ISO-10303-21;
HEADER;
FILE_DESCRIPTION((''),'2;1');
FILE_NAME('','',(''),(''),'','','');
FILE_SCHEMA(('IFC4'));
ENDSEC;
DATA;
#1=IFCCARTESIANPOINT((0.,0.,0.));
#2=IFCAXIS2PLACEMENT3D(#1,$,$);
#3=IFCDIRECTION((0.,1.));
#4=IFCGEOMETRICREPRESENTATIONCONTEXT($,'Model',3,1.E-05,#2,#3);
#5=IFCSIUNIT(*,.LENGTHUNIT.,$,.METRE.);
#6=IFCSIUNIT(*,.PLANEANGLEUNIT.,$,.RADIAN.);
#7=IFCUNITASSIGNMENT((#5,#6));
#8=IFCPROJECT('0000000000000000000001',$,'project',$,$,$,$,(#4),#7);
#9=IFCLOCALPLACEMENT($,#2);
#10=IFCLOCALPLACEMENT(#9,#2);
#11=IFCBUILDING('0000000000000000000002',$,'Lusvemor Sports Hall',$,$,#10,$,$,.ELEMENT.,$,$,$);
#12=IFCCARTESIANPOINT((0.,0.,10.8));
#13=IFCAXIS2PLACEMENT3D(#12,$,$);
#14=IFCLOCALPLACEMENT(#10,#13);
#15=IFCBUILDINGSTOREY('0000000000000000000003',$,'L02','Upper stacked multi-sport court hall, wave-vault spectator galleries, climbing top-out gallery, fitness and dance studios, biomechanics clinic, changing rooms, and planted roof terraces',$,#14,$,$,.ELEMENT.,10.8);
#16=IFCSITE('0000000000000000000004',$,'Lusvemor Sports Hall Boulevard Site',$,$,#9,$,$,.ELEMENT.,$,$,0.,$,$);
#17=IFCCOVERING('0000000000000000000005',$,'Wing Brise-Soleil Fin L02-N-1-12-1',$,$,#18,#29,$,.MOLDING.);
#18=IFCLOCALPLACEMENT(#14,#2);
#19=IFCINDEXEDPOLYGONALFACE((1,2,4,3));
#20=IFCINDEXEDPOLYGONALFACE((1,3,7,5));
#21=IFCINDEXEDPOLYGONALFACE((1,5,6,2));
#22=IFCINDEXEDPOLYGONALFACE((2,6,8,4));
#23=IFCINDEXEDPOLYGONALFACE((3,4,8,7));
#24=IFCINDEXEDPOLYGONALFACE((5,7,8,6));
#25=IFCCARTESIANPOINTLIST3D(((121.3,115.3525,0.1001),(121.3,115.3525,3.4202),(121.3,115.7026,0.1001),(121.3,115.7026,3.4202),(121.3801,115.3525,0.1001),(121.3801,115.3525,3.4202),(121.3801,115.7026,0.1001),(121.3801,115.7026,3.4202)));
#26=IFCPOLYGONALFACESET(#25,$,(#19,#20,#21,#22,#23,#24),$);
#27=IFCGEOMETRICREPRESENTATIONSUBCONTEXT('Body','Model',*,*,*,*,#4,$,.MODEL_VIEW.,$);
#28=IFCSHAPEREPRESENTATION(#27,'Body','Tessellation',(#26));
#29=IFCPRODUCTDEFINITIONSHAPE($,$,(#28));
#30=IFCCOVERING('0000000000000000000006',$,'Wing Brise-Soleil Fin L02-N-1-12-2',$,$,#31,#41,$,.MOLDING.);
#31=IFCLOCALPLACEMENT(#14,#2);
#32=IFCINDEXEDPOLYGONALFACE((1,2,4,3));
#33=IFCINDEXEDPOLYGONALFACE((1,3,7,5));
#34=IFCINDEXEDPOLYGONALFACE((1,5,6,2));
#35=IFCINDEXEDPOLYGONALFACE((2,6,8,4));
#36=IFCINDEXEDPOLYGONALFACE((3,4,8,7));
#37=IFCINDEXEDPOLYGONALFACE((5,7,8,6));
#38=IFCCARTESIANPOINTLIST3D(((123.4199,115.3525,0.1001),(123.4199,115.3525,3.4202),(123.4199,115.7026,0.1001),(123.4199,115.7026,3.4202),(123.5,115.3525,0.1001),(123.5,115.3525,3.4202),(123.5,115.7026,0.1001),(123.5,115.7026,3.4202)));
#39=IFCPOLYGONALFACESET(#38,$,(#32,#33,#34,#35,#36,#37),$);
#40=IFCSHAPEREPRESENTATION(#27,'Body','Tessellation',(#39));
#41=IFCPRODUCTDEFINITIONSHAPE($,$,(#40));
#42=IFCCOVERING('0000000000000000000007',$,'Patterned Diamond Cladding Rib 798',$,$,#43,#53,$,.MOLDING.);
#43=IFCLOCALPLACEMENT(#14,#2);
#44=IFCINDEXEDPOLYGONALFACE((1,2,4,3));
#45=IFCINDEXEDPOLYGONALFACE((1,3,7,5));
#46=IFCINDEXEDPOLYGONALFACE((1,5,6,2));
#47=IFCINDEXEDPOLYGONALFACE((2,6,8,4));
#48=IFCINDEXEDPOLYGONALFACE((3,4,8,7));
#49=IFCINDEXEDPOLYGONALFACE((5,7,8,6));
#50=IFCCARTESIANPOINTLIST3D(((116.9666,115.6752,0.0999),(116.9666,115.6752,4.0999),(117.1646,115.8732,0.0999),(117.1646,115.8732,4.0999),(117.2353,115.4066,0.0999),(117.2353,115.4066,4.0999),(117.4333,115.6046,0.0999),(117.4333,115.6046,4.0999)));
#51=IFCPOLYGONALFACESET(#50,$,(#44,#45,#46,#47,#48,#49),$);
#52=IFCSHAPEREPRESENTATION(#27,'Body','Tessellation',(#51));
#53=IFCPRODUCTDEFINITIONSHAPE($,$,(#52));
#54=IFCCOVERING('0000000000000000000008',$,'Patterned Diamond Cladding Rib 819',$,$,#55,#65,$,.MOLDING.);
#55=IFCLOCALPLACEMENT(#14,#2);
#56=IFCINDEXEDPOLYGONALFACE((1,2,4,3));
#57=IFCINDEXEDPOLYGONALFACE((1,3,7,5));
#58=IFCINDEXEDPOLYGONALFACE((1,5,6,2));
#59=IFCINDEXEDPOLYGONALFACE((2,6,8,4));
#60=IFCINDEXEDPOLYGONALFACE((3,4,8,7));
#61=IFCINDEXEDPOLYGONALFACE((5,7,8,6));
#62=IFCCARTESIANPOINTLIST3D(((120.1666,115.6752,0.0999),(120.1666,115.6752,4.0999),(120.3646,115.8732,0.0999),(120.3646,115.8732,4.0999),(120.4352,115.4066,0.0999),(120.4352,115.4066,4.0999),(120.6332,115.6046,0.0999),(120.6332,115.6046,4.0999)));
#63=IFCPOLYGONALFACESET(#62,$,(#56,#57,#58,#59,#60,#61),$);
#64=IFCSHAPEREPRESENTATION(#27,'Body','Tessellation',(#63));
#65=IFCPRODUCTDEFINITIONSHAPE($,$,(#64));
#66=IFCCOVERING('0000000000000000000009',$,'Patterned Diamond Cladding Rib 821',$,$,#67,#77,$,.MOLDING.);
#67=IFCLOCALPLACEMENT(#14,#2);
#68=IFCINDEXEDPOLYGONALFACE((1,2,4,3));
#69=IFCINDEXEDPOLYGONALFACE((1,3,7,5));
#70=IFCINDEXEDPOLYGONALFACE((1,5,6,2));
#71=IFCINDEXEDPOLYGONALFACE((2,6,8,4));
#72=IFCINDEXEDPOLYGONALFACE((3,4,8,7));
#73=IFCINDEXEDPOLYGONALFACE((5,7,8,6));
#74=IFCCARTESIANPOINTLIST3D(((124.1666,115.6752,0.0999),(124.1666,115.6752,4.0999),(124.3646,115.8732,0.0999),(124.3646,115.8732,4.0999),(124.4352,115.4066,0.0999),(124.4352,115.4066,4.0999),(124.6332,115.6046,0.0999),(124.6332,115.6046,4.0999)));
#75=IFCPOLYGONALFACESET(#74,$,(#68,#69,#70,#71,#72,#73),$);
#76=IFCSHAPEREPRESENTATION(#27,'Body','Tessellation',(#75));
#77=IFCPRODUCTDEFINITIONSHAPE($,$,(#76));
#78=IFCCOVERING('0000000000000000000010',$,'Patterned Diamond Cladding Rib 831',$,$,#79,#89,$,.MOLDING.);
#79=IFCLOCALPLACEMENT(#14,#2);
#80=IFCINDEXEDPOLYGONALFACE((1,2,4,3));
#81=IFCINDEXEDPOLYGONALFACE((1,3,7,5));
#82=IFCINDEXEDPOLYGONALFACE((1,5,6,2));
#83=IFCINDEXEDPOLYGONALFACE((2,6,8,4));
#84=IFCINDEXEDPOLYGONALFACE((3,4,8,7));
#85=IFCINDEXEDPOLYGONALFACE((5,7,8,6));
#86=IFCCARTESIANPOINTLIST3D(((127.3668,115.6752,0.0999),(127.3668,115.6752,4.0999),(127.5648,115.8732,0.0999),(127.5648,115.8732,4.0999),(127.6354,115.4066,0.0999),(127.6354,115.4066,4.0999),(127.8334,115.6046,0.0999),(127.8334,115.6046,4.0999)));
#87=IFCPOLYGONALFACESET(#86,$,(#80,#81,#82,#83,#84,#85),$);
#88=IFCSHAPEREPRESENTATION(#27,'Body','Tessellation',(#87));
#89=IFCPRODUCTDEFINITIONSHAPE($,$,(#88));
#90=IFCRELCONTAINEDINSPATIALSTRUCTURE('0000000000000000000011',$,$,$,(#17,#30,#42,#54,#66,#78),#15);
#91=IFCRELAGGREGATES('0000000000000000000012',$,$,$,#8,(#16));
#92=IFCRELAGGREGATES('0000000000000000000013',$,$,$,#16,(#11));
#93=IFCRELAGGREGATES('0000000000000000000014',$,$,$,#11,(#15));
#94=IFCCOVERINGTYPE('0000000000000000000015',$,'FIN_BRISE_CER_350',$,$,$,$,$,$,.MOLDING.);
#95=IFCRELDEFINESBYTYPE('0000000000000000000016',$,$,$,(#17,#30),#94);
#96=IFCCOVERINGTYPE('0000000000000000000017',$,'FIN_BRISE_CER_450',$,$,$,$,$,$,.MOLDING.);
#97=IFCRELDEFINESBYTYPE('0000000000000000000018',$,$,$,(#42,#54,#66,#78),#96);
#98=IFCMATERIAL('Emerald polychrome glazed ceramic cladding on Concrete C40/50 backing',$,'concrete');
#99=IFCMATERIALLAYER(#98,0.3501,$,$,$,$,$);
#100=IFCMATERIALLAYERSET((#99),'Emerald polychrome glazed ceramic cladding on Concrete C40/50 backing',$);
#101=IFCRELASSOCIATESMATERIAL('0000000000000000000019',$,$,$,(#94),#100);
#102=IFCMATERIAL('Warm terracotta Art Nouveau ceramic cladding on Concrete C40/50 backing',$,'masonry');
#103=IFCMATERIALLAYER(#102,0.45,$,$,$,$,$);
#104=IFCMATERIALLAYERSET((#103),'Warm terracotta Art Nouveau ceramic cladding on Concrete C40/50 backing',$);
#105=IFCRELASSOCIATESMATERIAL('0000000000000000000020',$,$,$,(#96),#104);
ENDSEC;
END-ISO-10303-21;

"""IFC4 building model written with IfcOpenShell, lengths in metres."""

from ifc_helpers import new_model, si_unit, direction, frame, origin, origin_2d, place, context, subcontext, project, spatial, rectangle, extrude, material, layer, layer_set, type_object, element, save


model = new_model("IFC4")

# Units and contexts
model_context = context("Model", 3, precision=1e-05, world=origin(), true_north=direction((0.0, 1.0)))
body_context = subcontext(model_context, "Body", "Model", "MODEL_VIEW")
ifc_project = project(units=[si_unit("LENGTHUNIT", "METRE"), si_unit("PLANEANGLEUNIT", "RADIAN")], contexts=[model_context])

# Site, building, storey
site_placement = place(None, origin())
site = spatial("IfcSite", under=ifc_project, at=site_placement, Name="Lusvemor Sports Hall Boulevard Site", CompositionType="ELEMENT", RefElevation=0.0)
building_placement = place(site_placement, origin())
building = spatial("IfcBuilding", under=site, at=building_placement, Name="Lusvemor Sports Hall", CompositionType="ELEMENT")
storey_placement = place(building_placement, frame((0.0, 0.0, 10.8)))
storey = spatial("IfcBuildingStorey", under=building, at=storey_placement, Name="L02", Description="Upper stacked multi-sport court hall, wave-vault spectator galleries, climbing top-out gallery, fitness and dance studios, biomechanics clinic, changing rooms, and planted roof terraces", CompositionType="ELEMENT", Elevation=10.8)

# Coverings
ifc_material_1 = material(Name="Emerald polychrome glazed ceramic cladding on Concrete C40/50 backing", Category="concrete")
ifc_layer_1 = layer(ifc_material_1, 0.3501)
ifc_layer_set_1 = layer_set([ifc_layer_1], Name="Emerald polychrome glazed ceramic cladding on Concrete C40/50 backing")
covering_type_1 = type_object("IfcCoveringType", Name="FIN_BRISE_CER_350", PredefinedType="MOLDING", material=ifc_layer_set_1)
for number, where, z_axis, x_axis, name in (
    (1, (121.3401, 115.5276, 0.1001), (0.0, 0.0, 1.0), (1.0, 0.0, 0.0), "Wing Brise-Soleil Fin L02-N-1-12-1"),
    (2, (123.46, 115.5276, 0.1001), (0.0, 0.0, 1.0), (1.0, 0.0, 0.0), "Wing Brise-Soleil Fin L02-N-1-12-2"),
):
    element("IfcCovering", number, at=place(storey_placement, frame(where, z_axis=z_axis, x_axis=x_axis)), inside=storey, type_object=covering_type_1, Name=name, PredefinedType="MOLDING", context=body_context, shape_type="SweptSolid", body=[
        extrude(rectangle(XDim=0.0801, YDim=0.3501, at=origin_2d()), origin(), (0.0, 0.0, 1.0), 3.3201),
    ])
ifc_material_2 = material(Name="Warm terracotta Art Nouveau ceramic cladding on Concrete C40/50 backing", Category="masonry")
ifc_layer_2 = layer(ifc_material_2, 0.45)
ifc_layer_set_2 = layer_set([ifc_layer_2], Name="Warm terracotta Art Nouveau ceramic cladding on Concrete C40/50 backing")
covering_type_2 = type_object("IfcCoveringType", Name="FIN_BRISE_CER_450", PredefinedType="MOLDING", material=ifc_layer_set_2)
for number, where, z_axis, x_axis, name in (
    (3, (117.2, 115.6399, 0.0999), (0.0, 0.0, 1.0), (0.707107, 0.707107, 0.0), "Patterned Diamond Cladding Rib 798"),
    (4, (120.3999, 115.6399, 0.0999), (0.0, 0.0, 1.0), (0.707107, 0.707107, 0.0), "Patterned Diamond Cladding Rib 819"),
    (5, (124.3999, 115.6399, 0.0999), (0.0, 0.0, 1.0), (0.707107, 0.707107, 0.0), "Patterned Diamond Cladding Rib 821"),
    (6, (127.6001, 115.6399, 0.0999), (0.0, 0.0, 1.0), (0.707107, 0.707107, 0.0), "Patterned Diamond Cladding Rib 831"),
):
    element("IfcCovering", number, at=place(storey_placement, frame(where, z_axis=z_axis, x_axis=x_axis)), inside=storey, type_object=covering_type_2, Name=name, PredefinedType="MOLDING", context=body_context, shape_type="SweptSolid", body=[
        extrude(rectangle(XDim=0.28, YDim=0.3799, at=origin_2d()), origin(), (0.0, 0.0, 1.0), 4.0),
    ])

save(model, "model.ifc")
